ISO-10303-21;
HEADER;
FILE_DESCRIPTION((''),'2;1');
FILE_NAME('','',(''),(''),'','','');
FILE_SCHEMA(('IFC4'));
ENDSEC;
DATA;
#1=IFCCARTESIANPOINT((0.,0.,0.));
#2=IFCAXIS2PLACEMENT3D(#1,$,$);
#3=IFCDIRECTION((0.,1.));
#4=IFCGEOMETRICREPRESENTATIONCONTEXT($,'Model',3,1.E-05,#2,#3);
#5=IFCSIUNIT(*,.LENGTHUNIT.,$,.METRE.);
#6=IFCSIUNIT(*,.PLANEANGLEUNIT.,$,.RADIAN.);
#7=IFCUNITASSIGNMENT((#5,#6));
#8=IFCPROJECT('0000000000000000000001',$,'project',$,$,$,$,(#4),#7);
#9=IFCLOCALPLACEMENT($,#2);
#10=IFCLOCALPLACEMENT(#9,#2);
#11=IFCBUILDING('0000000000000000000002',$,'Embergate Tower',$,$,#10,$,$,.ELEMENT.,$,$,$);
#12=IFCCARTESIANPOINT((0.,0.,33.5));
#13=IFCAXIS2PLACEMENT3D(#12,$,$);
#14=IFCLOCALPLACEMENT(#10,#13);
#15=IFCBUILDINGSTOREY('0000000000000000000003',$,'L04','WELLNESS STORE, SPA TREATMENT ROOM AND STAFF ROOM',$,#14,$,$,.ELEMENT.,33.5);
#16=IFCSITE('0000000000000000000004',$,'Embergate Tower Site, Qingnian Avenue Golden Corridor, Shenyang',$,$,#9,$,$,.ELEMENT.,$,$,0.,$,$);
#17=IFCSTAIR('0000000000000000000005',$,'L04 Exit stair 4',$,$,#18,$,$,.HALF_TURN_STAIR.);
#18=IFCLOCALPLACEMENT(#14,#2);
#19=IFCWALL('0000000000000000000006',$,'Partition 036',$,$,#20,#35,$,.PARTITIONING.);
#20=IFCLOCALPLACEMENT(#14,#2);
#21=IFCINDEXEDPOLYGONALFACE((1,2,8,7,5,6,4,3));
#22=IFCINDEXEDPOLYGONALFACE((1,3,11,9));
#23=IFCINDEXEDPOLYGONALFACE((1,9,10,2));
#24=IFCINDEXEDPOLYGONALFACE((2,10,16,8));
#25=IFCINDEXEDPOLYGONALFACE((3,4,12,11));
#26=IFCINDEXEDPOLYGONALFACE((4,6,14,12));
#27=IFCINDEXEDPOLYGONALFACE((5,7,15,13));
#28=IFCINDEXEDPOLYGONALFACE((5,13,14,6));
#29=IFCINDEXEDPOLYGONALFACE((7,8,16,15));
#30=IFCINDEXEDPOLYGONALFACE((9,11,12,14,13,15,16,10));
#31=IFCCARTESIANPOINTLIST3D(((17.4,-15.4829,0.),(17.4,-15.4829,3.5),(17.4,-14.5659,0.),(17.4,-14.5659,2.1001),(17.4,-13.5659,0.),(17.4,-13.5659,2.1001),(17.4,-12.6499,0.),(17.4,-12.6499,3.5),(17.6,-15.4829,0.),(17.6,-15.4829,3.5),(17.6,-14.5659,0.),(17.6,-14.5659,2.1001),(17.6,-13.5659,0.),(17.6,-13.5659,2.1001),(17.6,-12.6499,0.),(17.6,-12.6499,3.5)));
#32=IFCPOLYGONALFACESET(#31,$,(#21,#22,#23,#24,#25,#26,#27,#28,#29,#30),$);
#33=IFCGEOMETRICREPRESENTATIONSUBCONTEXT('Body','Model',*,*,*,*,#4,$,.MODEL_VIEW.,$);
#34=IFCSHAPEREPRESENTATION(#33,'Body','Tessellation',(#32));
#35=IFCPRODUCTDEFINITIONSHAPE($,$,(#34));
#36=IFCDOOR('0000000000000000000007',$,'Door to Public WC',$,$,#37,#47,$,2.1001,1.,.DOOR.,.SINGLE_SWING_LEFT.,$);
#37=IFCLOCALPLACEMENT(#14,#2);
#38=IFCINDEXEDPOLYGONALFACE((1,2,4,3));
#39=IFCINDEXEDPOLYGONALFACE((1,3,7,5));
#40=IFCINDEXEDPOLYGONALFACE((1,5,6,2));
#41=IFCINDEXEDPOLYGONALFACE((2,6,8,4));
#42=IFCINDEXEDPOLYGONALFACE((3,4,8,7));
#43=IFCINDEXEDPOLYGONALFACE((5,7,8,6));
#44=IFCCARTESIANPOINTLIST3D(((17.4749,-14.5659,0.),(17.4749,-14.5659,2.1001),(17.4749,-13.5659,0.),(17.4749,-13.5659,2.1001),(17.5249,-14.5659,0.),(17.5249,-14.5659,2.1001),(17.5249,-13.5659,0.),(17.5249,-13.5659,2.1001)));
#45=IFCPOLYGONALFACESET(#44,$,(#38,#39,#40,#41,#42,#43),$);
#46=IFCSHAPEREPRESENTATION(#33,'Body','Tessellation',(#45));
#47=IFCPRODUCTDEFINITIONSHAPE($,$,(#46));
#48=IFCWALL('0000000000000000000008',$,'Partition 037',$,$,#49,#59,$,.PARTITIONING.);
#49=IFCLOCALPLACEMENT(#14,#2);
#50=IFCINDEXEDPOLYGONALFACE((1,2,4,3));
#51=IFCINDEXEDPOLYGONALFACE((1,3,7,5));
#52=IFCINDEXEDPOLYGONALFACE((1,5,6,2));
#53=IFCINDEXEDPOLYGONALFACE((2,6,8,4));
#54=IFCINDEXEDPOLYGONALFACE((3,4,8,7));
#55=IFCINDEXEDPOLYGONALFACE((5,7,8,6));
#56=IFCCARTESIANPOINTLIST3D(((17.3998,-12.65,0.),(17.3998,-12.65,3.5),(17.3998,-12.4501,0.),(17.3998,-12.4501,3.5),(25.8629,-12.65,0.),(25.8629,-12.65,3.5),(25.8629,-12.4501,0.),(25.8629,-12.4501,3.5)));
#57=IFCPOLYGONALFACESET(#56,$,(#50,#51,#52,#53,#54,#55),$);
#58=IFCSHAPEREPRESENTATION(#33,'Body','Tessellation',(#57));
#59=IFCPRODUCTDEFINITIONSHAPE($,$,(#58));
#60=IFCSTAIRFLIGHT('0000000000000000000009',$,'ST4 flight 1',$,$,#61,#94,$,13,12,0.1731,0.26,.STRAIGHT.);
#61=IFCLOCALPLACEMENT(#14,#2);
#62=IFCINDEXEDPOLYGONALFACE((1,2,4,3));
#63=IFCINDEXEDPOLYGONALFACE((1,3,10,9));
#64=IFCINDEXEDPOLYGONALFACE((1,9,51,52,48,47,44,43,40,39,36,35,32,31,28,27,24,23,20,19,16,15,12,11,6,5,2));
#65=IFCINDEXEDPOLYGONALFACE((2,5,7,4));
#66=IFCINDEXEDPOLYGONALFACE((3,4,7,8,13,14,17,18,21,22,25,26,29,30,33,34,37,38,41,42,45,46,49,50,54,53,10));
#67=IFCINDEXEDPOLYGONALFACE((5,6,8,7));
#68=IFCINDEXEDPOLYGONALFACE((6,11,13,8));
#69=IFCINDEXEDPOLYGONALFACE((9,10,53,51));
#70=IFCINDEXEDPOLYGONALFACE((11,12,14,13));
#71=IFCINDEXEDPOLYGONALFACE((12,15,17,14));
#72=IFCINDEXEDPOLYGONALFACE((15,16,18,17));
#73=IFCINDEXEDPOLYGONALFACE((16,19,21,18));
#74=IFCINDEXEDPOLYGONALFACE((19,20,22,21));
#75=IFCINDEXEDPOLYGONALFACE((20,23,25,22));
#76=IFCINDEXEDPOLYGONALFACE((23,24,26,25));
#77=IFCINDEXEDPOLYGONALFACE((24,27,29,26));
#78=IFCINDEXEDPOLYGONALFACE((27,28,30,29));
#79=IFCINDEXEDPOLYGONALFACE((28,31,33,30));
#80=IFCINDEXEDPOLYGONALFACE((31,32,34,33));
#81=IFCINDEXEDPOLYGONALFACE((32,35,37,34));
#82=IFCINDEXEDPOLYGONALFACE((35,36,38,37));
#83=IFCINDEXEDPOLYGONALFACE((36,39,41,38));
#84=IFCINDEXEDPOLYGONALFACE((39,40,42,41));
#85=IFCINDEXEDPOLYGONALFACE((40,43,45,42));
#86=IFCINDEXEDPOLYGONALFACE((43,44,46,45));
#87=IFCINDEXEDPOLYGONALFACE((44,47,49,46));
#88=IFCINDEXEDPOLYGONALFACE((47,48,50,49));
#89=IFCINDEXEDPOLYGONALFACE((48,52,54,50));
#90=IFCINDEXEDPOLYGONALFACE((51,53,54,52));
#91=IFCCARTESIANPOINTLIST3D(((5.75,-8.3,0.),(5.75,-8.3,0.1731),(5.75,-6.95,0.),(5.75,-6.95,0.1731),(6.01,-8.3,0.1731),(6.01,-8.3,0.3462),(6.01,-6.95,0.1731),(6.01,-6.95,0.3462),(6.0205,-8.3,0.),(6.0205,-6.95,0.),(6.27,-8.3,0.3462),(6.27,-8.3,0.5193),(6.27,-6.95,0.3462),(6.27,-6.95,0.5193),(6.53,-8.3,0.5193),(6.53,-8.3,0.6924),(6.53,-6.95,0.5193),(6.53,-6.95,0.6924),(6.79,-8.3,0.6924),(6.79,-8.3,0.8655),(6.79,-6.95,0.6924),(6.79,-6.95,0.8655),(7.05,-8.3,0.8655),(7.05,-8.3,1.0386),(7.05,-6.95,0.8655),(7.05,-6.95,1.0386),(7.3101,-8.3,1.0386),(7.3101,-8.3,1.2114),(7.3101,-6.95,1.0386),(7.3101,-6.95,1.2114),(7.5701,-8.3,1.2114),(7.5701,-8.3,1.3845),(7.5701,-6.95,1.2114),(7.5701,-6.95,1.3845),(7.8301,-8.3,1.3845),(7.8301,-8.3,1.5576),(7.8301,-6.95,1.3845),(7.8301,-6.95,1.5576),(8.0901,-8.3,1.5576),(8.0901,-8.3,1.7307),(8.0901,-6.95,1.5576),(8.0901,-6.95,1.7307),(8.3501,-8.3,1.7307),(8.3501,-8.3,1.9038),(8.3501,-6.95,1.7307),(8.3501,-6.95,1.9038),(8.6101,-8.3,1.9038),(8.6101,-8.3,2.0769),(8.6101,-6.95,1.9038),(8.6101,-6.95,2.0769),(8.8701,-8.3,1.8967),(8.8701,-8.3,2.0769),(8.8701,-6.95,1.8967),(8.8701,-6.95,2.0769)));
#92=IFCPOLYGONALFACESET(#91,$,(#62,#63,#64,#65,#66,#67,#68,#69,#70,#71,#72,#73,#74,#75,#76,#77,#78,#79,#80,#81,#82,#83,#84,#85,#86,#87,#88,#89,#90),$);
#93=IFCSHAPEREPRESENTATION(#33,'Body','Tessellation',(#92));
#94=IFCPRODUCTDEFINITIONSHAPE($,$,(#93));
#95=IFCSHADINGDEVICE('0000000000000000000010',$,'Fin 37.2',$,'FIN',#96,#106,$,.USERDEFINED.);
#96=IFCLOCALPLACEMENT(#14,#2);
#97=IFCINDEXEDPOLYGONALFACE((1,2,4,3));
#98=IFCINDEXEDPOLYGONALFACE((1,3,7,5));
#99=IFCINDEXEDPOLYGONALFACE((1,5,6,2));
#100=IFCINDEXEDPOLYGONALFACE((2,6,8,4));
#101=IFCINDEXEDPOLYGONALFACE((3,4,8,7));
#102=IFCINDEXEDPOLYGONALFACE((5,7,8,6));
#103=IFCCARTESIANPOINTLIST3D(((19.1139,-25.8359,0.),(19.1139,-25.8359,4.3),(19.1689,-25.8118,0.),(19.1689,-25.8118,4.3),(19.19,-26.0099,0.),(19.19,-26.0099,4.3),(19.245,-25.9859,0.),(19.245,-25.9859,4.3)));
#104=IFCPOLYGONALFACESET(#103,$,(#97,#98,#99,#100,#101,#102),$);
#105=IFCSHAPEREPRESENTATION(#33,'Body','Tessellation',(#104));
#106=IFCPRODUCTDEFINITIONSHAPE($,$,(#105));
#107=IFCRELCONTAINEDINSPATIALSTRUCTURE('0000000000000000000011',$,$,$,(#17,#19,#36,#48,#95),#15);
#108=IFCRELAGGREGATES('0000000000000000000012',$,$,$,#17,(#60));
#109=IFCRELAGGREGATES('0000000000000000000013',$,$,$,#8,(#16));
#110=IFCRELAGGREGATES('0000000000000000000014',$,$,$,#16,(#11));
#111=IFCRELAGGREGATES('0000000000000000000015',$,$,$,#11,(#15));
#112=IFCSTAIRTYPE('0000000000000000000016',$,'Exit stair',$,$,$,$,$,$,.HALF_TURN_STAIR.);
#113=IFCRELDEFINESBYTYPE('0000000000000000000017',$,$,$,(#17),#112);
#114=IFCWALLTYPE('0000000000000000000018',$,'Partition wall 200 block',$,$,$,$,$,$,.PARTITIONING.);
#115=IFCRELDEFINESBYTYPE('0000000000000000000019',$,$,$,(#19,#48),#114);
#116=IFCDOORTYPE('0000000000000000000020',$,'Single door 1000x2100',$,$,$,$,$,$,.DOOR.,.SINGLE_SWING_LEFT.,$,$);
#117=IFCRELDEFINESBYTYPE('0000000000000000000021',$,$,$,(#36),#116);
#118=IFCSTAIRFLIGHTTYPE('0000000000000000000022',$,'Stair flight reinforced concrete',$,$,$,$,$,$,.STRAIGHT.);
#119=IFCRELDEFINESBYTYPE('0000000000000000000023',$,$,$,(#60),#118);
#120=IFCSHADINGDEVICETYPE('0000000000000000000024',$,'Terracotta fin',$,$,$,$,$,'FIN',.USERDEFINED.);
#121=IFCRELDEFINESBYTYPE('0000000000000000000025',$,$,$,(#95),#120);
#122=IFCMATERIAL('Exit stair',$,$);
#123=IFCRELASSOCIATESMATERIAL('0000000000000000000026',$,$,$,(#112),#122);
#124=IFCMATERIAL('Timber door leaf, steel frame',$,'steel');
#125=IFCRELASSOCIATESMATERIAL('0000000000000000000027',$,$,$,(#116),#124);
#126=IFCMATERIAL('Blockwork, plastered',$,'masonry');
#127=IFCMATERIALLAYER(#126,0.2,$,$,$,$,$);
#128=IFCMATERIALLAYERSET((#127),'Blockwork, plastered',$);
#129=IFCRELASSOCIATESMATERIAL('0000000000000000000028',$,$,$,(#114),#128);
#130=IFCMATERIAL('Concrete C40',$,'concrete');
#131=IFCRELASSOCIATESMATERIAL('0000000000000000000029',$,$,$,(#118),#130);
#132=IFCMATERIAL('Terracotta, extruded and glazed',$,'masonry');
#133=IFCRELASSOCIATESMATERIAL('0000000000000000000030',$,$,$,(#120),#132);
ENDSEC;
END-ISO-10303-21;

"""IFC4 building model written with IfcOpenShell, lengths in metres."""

from ifc_helpers import new_model, si_unit, direction, frame, frame_2d, origin, origin_2d, place, context, subcontext, project, spatial, polyline, rectangle, outline, extrude, source, transform, mapped, material, layer, layer_set, material_profile, profile_set, type_object, element, fill, aggregate, save


model = new_model("IFC4")

# Units and contexts
model_context = context("Model", 3, precision=1e-05, world=origin(), true_north=direction((0.0, 1.0)))
body_context = subcontext(model_context, "Body", "Model", "MODEL_VIEW")
ifc_project = project(units=[si_unit("LENGTHUNIT", "METRE"), si_unit("PLANEANGLEUNIT", "RADIAN")], contexts=[model_context])

# Site, building, storey
site_placement = place(None, origin())
site = spatial("IfcSite", under=ifc_project, at=site_placement, Name="Embergate Tower Site, Qingnian Avenue Golden Corridor, Shenyang", CompositionType="ELEMENT", RefElevation=0.0)
building_placement = place(site_placement, origin())
building = spatial("IfcBuilding", under=site, at=building_placement, Name="Embergate Tower", CompositionType="ELEMENT")
storey_placement = place(building_placement, frame((0.0, 0.0, 33.5)))
storey = spatial("IfcBuildingStorey", under=building, at=storey_placement, Name="L04", Description="WELLNESS STORE, SPA TREATMENT ROOM AND STAFF ROOM", CompositionType="ELEMENT", Elevation=33.5)

# Stair
ifc_material_1 = material(Name="Exit stair")
stair_type = type_object("IfcStairType", Name="Exit stair", PredefinedType="HALF_TURN_STAIR", material=ifc_material_1)
stair_placement = place(storey_placement, origin())
stair = element("IfcStair", 1, at=stair_placement, inside=storey, type_object=stair_type, Name="L04 Exit stair 4", PredefinedType="HALF_TURN_STAIR")
ifc_material_2 = material(Name="Concrete C40", Category="concrete")

# Shared definitions
ifc_material_3 = material(Name="Timber door leaf, steel frame", Category="steel")
door_type_1 = type_object("IfcDoorType", Name="Single door 1000x2100", OperationType="SINGLE_SWING_LEFT", PredefinedType="DOOR", material=ifc_material_3)
shared_shape_1 = source(origin(), body_context, "Body", "SweptSolid", [
    extrude(rectangle(XDim=1.0, YDim=2.1001, at=frame_2d((0.5, 1.05))), frame((0.0, 0.0249, 0.0), z_axis=(0.0, -1.0, 0.0), x_axis=(1.0, 0.0, 0.0)), (0.0, 0.0, 1.0), 0.05),
])

# Shared definitions
ifc_material_4 = material(Name="Blockwork, plastered", Category="masonry")
ifc_layer_1 = layer(ifc_material_4, 0.2)
ifc_layer_set_1 = layer_set([ifc_layer_1], Name="Blockwork, plastered")
wall_type_1 = type_object("IfcWallType", Name="Partition wall 200 block", PredefinedType="PARTITIONING", material=ifc_layer_set_1)

# Wall, opening, door
shared_shape_2 = source(origin(), body_context, "Body", "SweptSolid", [
    extrude(rectangle(XDim=2.833, YDim=0.2, at=frame_2d((1.4165, 0.0))), origin(), (0.0, 0.0, 1.0), 3.5),
])
wall_1_placement = place(storey_placement, frame((17.5, -12.6499, 0.0), z_axis=(0.0, 0.0, 1.0), x_axis=(0.0, -1.0, 0.0)))
wall_1 = element("IfcWall", 2, at=wall_1_placement, inside=storey, type_object=wall_type_1, Name="Partition 036", PredefinedType="PARTITIONING", context=body_context, shape_type="MappedRepresentation", body=[
    mapped(shared_shape_2, transform((0.0, 0.0, 0.0))),
])
shared_shape_3 = source(origin(), body_context, "Body", "SweptSolid", [
    extrude(rectangle(XDim=1.0, YDim=2.1001, at=frame_2d((0.5, 1.05))), frame((0.0, 0.1099, 0.0), z_axis=(0.0, -1.0, 0.0), x_axis=(1.0, 0.0, 0.0)), (0.0, 0.0, 1.0), 0.22),
])
opening_1_placement = place(wall_1_placement, frame((0.916, 0.0, 0.0)))
opening_1 = element("IfcOpeningElement", 3, at=opening_1_placement, cuts=wall_1, PredefinedType="OPENING", context=body_context, shape_type="MappedRepresentation", body=[
    mapped(shared_shape_3, transform((0.0, 0.0, 0.0))),
])
door_1_placement = place(opening_1_placement, origin())
door_1 = element("IfcDoor", 4, at=door_1_placement, inside=storey, type_object=door_type_1, Name="Door to Public WC", OperationType="SINGLE_SWING_LEFT", OverallHeight=2.1001, OverallWidth=1.0, PredefinedType="DOOR", context=body_context, shape_type="MappedRepresentation", body=[
    mapped(shared_shape_1, transform((0.0, 0.0, 0.0))),
])
fill(opening_1, door_1)

# Wall
shared_shape_4 = source(origin(), body_context, "Body", "SweptSolid", [
    extrude(rectangle(XDim=8.4631, YDim=0.2, at=frame_2d((4.2314, 0.0))), origin(), (0.0, 0.0, 1.0), 3.5),
])
wall_2_placement = place(storey_placement, frame((17.3999, -12.55, 0.0), z_axis=(0.0, 0.0, 1.0), x_axis=(1.0, 0.0, 0.0)))
element("IfcWall", 5, at=wall_2_placement, inside=storey, type_object=wall_type_1, Name="Partition 037", PredefinedType="PARTITIONING", context=body_context, shape_type="MappedRepresentation", body=[
    mapped(shared_shape_4, transform((0.0, 0.0, 0.0))),
])

# Stair flight
stair_flight_type = type_object("IfcStairFlightType", Name="Stair flight reinforced concrete", PredefinedType="STRAIGHT", material=ifc_material_2)
shared_shape_5 = source(origin(), body_context, "Body", "SweptSolid", [
    extrude(outline(polyline([(0.0, 0.0), (0.0, 0.1731), (0.26, 0.1731), (0.26, 0.3462), (0.52, 0.3462), (0.52, 0.5193), (0.78, 0.5193), (0.78, 0.6924), (1.04, 0.6924), (1.04, 0.8655), (1.3, 0.8655), (1.3, 1.0386), (1.5601, 1.0386), (1.5601, 1.2114), (1.8201, 1.2114), (1.8201, 1.3845), (2.0801, 1.3845), (2.0801, 1.5576), (2.3401, 1.5576), (2.3401, 1.7307), (2.6001, 1.7307), (2.6001, 1.9038), (2.8601, 1.9038), (2.8601, 2.0769), (3.1201, 2.0769), (3.1201, 2.25), (3.1201, 1.8967), (0.2705, 0.0), (0.0, 0.0)])), frame((0.0, 0.675, 0.0), z_axis=(0.0, -1.0, 0.0), x_axis=(1.0, 0.0, 0.0)), (0.0, 0.0, 1.0), 1.3501),
])
stair_flight_placement = place(storey_placement, frame((5.75, -7.625, 0.0), z_axis=(0.0, 0.0, 1.0), x_axis=(1.0, 0.0, 0.0)))
stair_flight = element("IfcStairFlight", 6, at=stair_flight_placement, type_object=stair_flight_type, Name="ST4 flight 1", NumberOfRisers=13, NumberOfTreads=12, PredefinedType="STRAIGHT", RiserHeight=0.1731, TreadLength=0.26, context=body_context, shape_type="MappedRepresentation", body=[
    mapped(shared_shape_5, transform((0.0, 0.0, 0.0))),
])
aggregate(stair, [stair_flight])

# Shading device
ifc_material_5 = material(Name="Terracotta, extruded and glazed", Category="masonry")
ifc_material_profile = material_profile(ifc_material_5, rectangle(XDim=0.1899, YDim=0.0601, at=origin_2d()), Name="TC 190x60")
ifc_profile_set = profile_set([ifc_material_profile], Name="Terracotta, extruded and glazed")
shading_device_type = type_object("IfcShadingDeviceType", Name="Terracotta fin", ElementType="FIN", PredefinedType="USERDEFINED", material=ifc_profile_set)
shared_shape_6 = source(origin(), body_context, "Body", "SweptSolid", [
    extrude(rectangle(XDim=0.1899, YDim=0.0601, at=origin_2d()), origin(), (0.0, 0.0, 1.0), 4.3),
])
shading_device_placement = place(storey_placement, frame((19.1794, -25.9109, 0.0), z_axis=(0.0, 0.0, 1.0), x_axis=(-0.400637, 0.916237, 0.0)))
element("IfcShadingDevice", 7, at=shading_device_placement, inside=storey, type_object=shading_device_type, Name="Fin 37.2", ObjectType="FIN", PredefinedType="USERDEFINED", context=body_context, shape_type="MappedRepresentation", body=[
    mapped(shared_shape_6, transform((0.0, 0.0, 0.0))),
])

save(model, "model.ifc")
